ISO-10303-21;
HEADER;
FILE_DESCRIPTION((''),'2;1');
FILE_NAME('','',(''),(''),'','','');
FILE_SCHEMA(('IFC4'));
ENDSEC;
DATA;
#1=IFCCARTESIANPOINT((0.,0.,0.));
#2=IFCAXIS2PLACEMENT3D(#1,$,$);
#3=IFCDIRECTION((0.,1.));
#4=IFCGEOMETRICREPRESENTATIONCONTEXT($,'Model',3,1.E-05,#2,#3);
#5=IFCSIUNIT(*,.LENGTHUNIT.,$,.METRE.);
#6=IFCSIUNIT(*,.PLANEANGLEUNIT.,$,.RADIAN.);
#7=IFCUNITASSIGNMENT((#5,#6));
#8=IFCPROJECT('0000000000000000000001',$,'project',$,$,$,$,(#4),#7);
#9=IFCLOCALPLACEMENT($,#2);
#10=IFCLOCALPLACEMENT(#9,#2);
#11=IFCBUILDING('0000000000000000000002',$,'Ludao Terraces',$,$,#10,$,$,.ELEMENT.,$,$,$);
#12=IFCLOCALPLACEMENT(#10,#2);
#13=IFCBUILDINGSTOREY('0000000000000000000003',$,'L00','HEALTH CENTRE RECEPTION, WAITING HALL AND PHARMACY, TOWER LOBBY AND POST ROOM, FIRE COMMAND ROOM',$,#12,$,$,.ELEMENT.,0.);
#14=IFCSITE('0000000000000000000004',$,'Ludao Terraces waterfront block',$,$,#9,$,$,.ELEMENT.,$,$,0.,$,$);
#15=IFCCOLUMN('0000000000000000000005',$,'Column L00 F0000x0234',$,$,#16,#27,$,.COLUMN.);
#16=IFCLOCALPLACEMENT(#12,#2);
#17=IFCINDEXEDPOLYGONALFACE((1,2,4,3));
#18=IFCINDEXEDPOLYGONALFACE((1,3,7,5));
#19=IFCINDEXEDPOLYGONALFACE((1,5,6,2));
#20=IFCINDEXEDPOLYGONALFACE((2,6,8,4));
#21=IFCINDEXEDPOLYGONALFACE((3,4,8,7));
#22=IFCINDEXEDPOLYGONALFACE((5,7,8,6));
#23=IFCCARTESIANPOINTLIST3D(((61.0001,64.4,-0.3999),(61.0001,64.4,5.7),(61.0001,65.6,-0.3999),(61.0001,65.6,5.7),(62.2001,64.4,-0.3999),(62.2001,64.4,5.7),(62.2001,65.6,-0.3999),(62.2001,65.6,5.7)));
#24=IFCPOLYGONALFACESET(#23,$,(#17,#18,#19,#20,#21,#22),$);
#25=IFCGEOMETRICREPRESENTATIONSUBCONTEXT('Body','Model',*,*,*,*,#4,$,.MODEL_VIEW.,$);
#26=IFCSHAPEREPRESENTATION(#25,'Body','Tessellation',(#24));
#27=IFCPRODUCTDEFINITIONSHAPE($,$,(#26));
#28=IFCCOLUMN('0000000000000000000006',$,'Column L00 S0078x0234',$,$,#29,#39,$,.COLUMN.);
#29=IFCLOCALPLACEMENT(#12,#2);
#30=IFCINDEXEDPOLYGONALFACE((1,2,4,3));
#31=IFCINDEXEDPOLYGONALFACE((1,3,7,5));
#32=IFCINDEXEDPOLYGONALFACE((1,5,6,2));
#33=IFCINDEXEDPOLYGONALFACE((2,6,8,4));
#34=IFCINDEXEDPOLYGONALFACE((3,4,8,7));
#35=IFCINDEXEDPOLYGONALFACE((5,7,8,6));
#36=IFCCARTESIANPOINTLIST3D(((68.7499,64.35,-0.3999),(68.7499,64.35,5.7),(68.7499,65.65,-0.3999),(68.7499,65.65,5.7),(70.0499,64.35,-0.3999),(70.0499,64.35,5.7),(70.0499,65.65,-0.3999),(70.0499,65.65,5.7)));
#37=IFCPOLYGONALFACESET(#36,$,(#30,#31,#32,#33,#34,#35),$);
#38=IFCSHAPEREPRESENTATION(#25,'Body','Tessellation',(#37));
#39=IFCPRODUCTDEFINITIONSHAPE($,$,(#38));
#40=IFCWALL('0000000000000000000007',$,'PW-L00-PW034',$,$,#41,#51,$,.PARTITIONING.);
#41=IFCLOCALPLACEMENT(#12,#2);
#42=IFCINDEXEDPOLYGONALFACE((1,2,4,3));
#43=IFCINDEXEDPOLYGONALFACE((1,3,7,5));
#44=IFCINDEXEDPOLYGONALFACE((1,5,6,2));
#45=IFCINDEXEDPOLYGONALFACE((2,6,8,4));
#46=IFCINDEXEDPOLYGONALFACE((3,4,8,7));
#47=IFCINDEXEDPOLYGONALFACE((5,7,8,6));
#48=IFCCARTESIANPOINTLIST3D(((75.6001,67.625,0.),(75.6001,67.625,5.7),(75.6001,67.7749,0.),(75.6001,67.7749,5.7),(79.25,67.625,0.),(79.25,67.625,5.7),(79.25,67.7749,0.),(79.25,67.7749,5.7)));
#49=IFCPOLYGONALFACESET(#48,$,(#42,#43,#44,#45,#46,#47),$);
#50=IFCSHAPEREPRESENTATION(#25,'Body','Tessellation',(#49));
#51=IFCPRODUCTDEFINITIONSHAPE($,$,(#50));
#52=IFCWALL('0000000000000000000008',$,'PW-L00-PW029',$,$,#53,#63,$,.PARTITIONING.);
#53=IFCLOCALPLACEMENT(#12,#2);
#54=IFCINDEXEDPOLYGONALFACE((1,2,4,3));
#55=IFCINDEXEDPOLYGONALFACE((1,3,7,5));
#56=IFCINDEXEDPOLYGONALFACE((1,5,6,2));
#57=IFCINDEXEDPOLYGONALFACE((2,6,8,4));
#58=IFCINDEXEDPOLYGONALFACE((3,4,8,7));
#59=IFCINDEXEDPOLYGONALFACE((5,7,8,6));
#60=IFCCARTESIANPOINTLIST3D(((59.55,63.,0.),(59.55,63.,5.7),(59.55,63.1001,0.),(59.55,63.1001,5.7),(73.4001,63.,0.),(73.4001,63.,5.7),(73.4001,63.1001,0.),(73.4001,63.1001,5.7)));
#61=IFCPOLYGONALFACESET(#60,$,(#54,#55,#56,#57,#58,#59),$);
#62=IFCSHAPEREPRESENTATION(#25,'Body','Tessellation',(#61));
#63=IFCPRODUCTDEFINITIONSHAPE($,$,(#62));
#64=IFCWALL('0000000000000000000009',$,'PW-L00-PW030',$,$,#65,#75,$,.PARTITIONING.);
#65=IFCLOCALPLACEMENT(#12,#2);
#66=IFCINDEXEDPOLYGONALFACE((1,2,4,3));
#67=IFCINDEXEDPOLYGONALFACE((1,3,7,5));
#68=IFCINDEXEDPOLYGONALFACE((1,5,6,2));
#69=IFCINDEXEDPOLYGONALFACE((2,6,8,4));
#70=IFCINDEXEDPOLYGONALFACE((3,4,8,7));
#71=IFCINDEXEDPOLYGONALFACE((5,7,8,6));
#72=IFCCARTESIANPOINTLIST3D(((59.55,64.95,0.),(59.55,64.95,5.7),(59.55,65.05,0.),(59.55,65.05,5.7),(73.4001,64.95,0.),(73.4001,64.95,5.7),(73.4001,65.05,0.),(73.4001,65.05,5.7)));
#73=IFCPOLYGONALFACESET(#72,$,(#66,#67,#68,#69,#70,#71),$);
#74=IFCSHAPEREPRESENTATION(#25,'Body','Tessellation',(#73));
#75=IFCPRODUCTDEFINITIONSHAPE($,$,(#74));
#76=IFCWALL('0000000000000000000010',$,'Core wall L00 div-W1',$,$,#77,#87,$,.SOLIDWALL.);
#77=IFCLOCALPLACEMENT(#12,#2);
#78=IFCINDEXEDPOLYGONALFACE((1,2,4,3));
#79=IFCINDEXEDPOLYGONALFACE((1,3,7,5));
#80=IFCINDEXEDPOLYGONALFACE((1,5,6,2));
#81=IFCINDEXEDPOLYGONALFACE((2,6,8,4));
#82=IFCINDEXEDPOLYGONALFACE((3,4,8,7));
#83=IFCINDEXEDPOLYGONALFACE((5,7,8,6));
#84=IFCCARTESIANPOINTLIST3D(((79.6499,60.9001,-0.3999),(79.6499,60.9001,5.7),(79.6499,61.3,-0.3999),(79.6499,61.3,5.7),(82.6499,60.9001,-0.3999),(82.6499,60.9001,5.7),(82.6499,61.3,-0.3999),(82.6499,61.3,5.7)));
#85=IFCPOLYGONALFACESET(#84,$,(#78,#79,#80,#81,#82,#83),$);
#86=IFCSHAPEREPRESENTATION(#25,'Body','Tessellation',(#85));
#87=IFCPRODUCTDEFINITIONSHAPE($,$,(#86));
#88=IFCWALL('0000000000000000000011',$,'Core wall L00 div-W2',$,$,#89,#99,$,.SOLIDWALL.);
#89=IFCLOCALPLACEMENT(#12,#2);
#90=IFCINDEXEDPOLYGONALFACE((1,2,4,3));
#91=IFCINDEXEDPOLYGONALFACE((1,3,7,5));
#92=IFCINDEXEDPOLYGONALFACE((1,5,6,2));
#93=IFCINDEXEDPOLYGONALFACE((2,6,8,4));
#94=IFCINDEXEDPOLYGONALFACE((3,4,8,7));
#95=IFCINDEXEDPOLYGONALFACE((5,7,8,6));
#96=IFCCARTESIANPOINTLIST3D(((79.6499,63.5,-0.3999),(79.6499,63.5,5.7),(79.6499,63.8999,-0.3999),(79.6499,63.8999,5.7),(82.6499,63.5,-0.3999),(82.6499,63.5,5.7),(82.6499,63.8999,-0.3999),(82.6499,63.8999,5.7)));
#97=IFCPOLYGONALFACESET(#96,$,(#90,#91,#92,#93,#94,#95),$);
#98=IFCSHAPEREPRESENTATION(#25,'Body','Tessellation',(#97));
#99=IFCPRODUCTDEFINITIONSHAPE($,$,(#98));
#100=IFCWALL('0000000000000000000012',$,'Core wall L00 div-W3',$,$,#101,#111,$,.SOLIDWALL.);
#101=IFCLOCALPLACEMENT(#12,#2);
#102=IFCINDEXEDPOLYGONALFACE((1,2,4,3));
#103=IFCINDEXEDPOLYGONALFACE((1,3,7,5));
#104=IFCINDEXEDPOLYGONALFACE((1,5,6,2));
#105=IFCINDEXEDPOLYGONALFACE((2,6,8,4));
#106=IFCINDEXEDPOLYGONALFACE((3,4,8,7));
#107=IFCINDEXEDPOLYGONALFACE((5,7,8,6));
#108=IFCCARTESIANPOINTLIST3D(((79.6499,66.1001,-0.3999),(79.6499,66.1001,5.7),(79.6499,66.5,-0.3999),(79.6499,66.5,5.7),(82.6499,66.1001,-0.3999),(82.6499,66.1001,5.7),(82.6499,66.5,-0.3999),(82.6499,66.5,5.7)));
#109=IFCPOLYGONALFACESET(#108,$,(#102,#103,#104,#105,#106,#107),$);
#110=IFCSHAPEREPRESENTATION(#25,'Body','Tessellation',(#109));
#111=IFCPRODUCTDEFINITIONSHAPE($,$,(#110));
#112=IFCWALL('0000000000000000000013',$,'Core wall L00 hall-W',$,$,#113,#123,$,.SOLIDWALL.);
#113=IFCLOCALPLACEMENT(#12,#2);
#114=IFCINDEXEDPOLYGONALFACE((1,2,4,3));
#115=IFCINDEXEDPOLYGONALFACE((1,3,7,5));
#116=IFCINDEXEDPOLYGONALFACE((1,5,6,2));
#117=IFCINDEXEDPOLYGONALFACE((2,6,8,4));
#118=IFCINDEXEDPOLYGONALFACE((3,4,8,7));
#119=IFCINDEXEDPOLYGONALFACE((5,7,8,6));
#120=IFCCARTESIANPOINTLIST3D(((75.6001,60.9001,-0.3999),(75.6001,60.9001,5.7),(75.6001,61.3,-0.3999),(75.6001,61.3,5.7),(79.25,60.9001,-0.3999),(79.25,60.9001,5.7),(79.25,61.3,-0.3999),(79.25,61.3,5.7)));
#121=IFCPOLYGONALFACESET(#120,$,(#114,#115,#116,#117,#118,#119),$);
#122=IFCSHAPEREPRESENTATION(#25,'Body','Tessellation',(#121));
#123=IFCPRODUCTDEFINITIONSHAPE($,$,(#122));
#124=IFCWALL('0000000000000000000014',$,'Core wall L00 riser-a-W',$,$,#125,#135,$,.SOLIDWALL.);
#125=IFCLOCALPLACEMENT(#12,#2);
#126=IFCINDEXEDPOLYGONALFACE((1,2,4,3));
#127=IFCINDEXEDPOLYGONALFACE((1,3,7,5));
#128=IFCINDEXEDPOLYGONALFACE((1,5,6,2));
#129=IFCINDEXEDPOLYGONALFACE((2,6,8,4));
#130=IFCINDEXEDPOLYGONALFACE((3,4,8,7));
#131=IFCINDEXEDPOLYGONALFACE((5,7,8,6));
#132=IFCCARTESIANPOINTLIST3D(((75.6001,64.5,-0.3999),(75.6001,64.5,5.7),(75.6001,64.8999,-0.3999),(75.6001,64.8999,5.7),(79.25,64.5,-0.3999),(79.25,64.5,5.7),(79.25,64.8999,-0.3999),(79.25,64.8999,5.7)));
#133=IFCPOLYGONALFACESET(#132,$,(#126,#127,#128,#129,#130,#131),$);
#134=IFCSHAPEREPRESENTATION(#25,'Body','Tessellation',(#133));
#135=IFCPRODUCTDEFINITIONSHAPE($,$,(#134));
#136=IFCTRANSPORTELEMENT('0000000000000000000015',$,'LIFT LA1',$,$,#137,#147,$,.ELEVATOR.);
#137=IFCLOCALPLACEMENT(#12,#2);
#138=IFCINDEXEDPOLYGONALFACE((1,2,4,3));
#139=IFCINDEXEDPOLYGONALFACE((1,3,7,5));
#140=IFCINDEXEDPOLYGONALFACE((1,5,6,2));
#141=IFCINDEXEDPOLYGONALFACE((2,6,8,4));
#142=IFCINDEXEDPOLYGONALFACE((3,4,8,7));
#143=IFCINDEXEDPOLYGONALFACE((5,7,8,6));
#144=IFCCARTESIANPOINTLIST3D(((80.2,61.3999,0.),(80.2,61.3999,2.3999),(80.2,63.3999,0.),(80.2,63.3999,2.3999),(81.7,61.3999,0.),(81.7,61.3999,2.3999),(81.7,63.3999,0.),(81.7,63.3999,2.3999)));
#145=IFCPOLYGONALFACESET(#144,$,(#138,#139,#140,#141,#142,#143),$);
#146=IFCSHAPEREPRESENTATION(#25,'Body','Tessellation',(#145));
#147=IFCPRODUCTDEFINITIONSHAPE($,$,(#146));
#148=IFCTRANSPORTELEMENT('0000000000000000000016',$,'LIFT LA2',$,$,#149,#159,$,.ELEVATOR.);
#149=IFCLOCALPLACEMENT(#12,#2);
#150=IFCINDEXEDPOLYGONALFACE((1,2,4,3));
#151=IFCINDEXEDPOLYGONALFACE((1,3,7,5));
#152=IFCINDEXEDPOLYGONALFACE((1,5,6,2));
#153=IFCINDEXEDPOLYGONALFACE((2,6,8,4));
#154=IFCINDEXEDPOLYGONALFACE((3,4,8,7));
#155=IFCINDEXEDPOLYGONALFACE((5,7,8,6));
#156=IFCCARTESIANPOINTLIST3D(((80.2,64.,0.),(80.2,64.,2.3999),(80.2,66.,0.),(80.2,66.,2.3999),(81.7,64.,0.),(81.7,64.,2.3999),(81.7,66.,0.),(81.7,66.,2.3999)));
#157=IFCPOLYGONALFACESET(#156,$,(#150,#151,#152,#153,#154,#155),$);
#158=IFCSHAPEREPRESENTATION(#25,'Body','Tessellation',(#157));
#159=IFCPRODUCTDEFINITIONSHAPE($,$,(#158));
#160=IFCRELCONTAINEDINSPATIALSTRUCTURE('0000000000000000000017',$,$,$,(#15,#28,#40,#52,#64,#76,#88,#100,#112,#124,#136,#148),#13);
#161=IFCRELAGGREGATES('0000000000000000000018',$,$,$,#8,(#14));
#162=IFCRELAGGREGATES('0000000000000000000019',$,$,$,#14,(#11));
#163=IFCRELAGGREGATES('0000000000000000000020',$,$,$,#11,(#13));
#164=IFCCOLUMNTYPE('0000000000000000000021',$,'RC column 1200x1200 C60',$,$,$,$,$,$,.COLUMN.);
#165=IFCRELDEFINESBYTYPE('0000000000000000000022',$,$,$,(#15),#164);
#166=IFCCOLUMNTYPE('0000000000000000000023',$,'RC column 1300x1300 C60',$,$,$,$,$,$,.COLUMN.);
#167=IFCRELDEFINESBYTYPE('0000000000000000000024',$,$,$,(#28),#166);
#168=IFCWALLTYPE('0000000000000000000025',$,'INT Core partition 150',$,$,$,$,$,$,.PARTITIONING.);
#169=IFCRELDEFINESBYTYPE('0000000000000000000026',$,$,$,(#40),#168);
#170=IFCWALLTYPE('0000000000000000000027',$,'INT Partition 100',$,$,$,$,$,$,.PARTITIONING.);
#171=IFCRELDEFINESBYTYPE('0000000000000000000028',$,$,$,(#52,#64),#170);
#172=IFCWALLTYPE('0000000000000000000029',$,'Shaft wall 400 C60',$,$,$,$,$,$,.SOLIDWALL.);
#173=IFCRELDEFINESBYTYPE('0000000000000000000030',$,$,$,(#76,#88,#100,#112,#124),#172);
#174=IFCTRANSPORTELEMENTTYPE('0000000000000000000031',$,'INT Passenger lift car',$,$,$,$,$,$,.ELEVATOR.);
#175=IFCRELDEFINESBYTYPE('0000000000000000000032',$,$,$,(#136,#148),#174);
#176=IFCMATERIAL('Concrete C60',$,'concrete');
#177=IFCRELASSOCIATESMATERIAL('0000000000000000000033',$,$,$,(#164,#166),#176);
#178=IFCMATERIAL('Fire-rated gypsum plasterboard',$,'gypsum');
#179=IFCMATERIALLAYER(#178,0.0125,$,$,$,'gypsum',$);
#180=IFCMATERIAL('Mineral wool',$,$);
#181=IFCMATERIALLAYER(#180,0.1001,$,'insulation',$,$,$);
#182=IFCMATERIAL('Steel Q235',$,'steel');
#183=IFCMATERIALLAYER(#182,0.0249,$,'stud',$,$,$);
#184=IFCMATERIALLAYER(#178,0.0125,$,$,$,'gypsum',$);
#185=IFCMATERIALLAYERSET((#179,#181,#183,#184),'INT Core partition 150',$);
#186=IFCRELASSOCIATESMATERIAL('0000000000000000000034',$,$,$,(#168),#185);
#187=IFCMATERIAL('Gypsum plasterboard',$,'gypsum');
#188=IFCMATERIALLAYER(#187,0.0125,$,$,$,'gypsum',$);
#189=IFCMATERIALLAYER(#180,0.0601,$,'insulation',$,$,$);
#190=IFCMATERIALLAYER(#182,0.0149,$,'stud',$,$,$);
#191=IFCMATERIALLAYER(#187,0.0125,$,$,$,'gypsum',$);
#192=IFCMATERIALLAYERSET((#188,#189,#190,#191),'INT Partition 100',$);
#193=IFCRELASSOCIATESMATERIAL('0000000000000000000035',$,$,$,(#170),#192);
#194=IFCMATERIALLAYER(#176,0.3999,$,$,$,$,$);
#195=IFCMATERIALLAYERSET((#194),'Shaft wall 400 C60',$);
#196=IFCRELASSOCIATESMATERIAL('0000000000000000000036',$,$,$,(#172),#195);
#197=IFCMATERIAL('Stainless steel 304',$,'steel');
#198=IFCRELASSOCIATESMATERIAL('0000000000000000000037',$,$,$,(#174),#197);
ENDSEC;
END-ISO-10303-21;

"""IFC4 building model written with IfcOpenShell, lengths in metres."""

from ifc_helpers import new_model, si_unit, direction, frame, frame_2d, origin, origin_2d, place, context, subcontext, project, spatial, rectangle, extrude, material, layer, layer_set, material_profile, profile_set, type_object, element, save


model = new_model("IFC4")

# Units and contexts
model_context = context("Model", 3, precision=1e-05, world=origin(), true_north=direction((0.0, 1.0)))
body_context = subcontext(model_context, "Body", "Model", "MODEL_VIEW")
ifc_project = project(units=[si_unit("LENGTHUNIT", "METRE"), si_unit("PLANEANGLEUNIT", "RADIAN")], contexts=[model_context])

# Site, building, storey
site_placement = place(None, origin())
site = spatial("IfcSite", under=ifc_project, at=site_placement, Name="Ludao Terraces waterfront block", CompositionType="ELEMENT", RefElevation=0.0)
building_placement = place(site_placement, origin())
building = spatial("IfcBuilding", under=site, at=building_placement, Name="Ludao Terraces", CompositionType="ELEMENT")
storey_placement = place(building_placement, origin())
storey = spatial("IfcBuildingStorey", under=building, at=storey_placement, Name="L00", Description="HEALTH CENTRE RECEPTION, WAITING HALL AND PHARMACY, TOWER LOBBY AND POST ROOM, FIRE COMMAND ROOM", CompositionType="ELEMENT", Elevation=0.0)

# Columns
ifc_material_1 = material(Name="Concrete C60", Category="concrete")
ifc_material_profile_1 = material_profile(ifc_material_1, rectangle(XDim=1.2, YDim=1.2, at=origin_2d()), Name="1200 X 1200")
ifc_profile_set_1 = profile_set([ifc_material_profile_1], Name="Concrete C60")
column_type_1 = type_object("IfcColumnType", Name="RC column 1200x1200 C60", PredefinedType="COLUMN", material=ifc_profile_set_1)
column_1_placement = place(storey_placement, frame((61.6001, 65.0, -0.3999), z_axis=(0.0, 0.0, 1.0), x_axis=(1.0, 0.0, 0.0)))
element("IfcColumn", 1, at=column_1_placement, inside=storey, type_object=column_type_1, Name="Column L00 F0000x0234", PredefinedType="COLUMN", context=body_context, shape_type="SweptSolid", body=[
    extrude(rectangle(XDim=1.2, YDim=1.2, at=origin_2d()), origin(), (0.0, 0.0, 1.0), 6.0999),
])
ifc_material_profile_2 = material_profile(ifc_material_1, rectangle(XDim=1.3, YDim=1.3, at=origin_2d()), Name="1300 X 1300")
ifc_profile_set_2 = profile_set([ifc_material_profile_2], Name="Concrete C60")
column_type_2 = type_object("IfcColumnType", Name="RC column 1300x1300 C60", PredefinedType="COLUMN", material=ifc_profile_set_2)
column_2_placement = place(storey_placement, frame((69.3999, 65.0, -0.3999), z_axis=(0.0, 0.0, 1.0), x_axis=(1.0, 0.0, 0.0)))
element("IfcColumn", 2, at=column_2_placement, inside=storey, type_object=column_type_2, Name="Column L00 S0078x0234", PredefinedType="COLUMN", context=body_context, shape_type="SweptSolid", body=[
    extrude(rectangle(XDim=1.3, YDim=1.3, at=origin_2d()), origin(), (0.0, 0.0, 1.0), 6.0999),
])

# Walls
ifc_material_2 = material(Name="Fire-rated gypsum plasterboard", Category="gypsum")
ifc_layer_1 = layer(ifc_material_2, 0.0125, Category="gypsum")
ifc_material_3 = material(Name="Mineral wool")
ifc_layer_2 = layer(ifc_material_3, 0.1001, Name="insulation")
ifc_material_4 = material(Name="Steel Q235", Category="steel")
ifc_layer_3 = layer(ifc_material_4, 0.0249, Name="stud")
ifc_layer_4 = layer(ifc_material_2, 0.0125, Category="gypsum")
ifc_layer_set_1 = layer_set([ifc_layer_1, ifc_layer_2, ifc_layer_3, ifc_layer_4], Name="INT Core partition 150")
wall_type_1 = type_object("IfcWallType", Name="INT Core partition 150", PredefinedType="PARTITIONING", material=ifc_layer_set_1)
wall_placement = place(storey_placement, frame((75.6001, 67.7, 0.0), z_axis=(0.0, 0.0, 1.0), x_axis=(1.0, 0.0, 0.0)))
element("IfcWall", 3, at=wall_placement, inside=storey, type_object=wall_type_1, Name="PW-L00-PW034", PredefinedType="PARTITIONING", context=body_context, shape_type="SweptSolid", body=[
    extrude(rectangle(XDim=3.6499, YDim=0.1499, at=frame_2d((1.825, 0.0))), origin(), (0.0, 0.0, 1.0), 5.7),
])
ifc_material_5 = material(Name="Gypsum plasterboard", Category="gypsum")
ifc_layer_5 = layer(ifc_material_5, 0.0125, Category="gypsum")
ifc_layer_6 = layer(ifc_material_3, 0.0601, Name="insulation")
ifc_layer_7 = layer(ifc_material_4, 0.0149, Name="stud")
ifc_layer_8 = layer(ifc_material_5, 0.0125, Category="gypsum")
ifc_layer_set_2 = layer_set([ifc_layer_5, ifc_layer_6, ifc_layer_7, ifc_layer_8], Name="INT Partition 100")
wall_type_2 = type_object("IfcWallType", Name="INT Partition 100", PredefinedType="PARTITIONING", material=ifc_layer_set_2)
for number, where, z_axis, x_axis, name in (
    (4, (59.55, 63.05, 0.0), (0.0, 0.0, 1.0), (1.0, 0.0, 0.0), "PW-L00-PW029"),
    (5, (59.55, 65.0, 0.0), (0.0, 0.0, 1.0), (1.0, 0.0, 0.0), "PW-L00-PW030"),
):
    element("IfcWall", number, at=place(storey_placement, frame(where, z_axis=z_axis, x_axis=x_axis)), inside=storey, type_object=wall_type_2, Name=name, PredefinedType="PARTITIONING", context=body_context, shape_type="SweptSolid", body=[
        extrude(rectangle(XDim=13.8501, YDim=0.1001, at=frame_2d((6.925, 0.0))), origin(), (0.0, 0.0, 1.0), 5.7),
    ])
ifc_layer_9 = layer(ifc_material_1, 0.3999)
ifc_layer_set_3 = layer_set([ifc_layer_9], Name="Shaft wall 400 C60")
wall_type_3 = type_object("IfcWallType", Name="Shaft wall 400 C60", PredefinedType="SOLIDWALL", material=ifc_layer_set_3)
for number, where, z_axis, x_axis, name in (
    (6, (79.6499, 61.1001, -0.3999), (0.0, 0.0, 1.0), (1.0, 0.0, 0.0), "Core wall L00 div-W1"),
    (7, (79.6499, 63.7, -0.3999), (0.0, 0.0, 1.0), (1.0, 0.0, 0.0), "Core wall L00 div-W2"),
    (8, (79.6499, 66.3, -0.3999), (0.0, 0.0, 1.0), (1.0, 0.0, 0.0), "Core wall L00 div-W3"),
):
    element("IfcWall", number, at=place(storey_placement, frame(where, z_axis=z_axis, x_axis=x_axis)), inside=storey, type_object=wall_type_3, Name=name, PredefinedType="SOLIDWALL", context=body_context, shape_type="SweptSolid", body=[
        extrude(rectangle(XDim=3.0, YDim=0.3999, at=frame_2d((1.5, 0.0))), origin(), (0.0, 0.0, 1.0), 6.0999),
    ])
for number, where, z_axis, x_axis, name in (
    (9, (75.6001, 61.1001, -0.3999), (0.0, 0.0, 1.0), (1.0, 0.0, 0.0), "Core wall L00 hall-W"),
    (10, (75.6001, 64.7, -0.3999), (0.0, 0.0, 1.0), (1.0, 0.0, 0.0), "Core wall L00 riser-a-W"),
):
    element("IfcWall", number, at=place(storey_placement, frame(where, z_axis=z_axis, x_axis=x_axis)), inside=storey, type_object=wall_type_3, Name=name, PredefinedType="SOLIDWALL", context=body_context, shape_type="SweptSolid", body=[
        extrude(rectangle(XDim=3.6499, YDim=0.3999, at=frame_2d((1.825, 0.0))), origin(), (0.0, 0.0, 1.0), 6.0999),
    ])

# Transport elements
ifc_material_6 = material(Name="Stainless steel 304", Category="steel")
transport_element_type = type_object("IfcTransportElementType", Name="INT Passenger lift car", PredefinedType="ELEVATOR", material=ifc_material_6)
for number, where, z_axis, x_axis, name in (
    (11, (80.95, 62.3999, 0.0), (0.0, 0.0, 1.0), (1.0, 0.0, 0.0), "LIFT LA1"),
    (12, (80.95, 65.0, 0.0), (0.0, 0.0, 1.0), (1.0, 0.0, 0.0), "LIFT LA2"),
):
    element("IfcTransportElement", number, at=place(storey_placement, frame(where, z_axis=z_axis, x_axis=x_axis)), inside=storey, type_object=transport_element_type, Name=name, PredefinedType="ELEVATOR", context=body_context, shape_type="SweptSolid", body=[
        extrude(rectangle(XDim=1.5, YDim=2.0, at=origin_2d()), origin(), (0.0, 0.0, 1.0), 2.3999),
    ])

save(model, "model.ifc")
